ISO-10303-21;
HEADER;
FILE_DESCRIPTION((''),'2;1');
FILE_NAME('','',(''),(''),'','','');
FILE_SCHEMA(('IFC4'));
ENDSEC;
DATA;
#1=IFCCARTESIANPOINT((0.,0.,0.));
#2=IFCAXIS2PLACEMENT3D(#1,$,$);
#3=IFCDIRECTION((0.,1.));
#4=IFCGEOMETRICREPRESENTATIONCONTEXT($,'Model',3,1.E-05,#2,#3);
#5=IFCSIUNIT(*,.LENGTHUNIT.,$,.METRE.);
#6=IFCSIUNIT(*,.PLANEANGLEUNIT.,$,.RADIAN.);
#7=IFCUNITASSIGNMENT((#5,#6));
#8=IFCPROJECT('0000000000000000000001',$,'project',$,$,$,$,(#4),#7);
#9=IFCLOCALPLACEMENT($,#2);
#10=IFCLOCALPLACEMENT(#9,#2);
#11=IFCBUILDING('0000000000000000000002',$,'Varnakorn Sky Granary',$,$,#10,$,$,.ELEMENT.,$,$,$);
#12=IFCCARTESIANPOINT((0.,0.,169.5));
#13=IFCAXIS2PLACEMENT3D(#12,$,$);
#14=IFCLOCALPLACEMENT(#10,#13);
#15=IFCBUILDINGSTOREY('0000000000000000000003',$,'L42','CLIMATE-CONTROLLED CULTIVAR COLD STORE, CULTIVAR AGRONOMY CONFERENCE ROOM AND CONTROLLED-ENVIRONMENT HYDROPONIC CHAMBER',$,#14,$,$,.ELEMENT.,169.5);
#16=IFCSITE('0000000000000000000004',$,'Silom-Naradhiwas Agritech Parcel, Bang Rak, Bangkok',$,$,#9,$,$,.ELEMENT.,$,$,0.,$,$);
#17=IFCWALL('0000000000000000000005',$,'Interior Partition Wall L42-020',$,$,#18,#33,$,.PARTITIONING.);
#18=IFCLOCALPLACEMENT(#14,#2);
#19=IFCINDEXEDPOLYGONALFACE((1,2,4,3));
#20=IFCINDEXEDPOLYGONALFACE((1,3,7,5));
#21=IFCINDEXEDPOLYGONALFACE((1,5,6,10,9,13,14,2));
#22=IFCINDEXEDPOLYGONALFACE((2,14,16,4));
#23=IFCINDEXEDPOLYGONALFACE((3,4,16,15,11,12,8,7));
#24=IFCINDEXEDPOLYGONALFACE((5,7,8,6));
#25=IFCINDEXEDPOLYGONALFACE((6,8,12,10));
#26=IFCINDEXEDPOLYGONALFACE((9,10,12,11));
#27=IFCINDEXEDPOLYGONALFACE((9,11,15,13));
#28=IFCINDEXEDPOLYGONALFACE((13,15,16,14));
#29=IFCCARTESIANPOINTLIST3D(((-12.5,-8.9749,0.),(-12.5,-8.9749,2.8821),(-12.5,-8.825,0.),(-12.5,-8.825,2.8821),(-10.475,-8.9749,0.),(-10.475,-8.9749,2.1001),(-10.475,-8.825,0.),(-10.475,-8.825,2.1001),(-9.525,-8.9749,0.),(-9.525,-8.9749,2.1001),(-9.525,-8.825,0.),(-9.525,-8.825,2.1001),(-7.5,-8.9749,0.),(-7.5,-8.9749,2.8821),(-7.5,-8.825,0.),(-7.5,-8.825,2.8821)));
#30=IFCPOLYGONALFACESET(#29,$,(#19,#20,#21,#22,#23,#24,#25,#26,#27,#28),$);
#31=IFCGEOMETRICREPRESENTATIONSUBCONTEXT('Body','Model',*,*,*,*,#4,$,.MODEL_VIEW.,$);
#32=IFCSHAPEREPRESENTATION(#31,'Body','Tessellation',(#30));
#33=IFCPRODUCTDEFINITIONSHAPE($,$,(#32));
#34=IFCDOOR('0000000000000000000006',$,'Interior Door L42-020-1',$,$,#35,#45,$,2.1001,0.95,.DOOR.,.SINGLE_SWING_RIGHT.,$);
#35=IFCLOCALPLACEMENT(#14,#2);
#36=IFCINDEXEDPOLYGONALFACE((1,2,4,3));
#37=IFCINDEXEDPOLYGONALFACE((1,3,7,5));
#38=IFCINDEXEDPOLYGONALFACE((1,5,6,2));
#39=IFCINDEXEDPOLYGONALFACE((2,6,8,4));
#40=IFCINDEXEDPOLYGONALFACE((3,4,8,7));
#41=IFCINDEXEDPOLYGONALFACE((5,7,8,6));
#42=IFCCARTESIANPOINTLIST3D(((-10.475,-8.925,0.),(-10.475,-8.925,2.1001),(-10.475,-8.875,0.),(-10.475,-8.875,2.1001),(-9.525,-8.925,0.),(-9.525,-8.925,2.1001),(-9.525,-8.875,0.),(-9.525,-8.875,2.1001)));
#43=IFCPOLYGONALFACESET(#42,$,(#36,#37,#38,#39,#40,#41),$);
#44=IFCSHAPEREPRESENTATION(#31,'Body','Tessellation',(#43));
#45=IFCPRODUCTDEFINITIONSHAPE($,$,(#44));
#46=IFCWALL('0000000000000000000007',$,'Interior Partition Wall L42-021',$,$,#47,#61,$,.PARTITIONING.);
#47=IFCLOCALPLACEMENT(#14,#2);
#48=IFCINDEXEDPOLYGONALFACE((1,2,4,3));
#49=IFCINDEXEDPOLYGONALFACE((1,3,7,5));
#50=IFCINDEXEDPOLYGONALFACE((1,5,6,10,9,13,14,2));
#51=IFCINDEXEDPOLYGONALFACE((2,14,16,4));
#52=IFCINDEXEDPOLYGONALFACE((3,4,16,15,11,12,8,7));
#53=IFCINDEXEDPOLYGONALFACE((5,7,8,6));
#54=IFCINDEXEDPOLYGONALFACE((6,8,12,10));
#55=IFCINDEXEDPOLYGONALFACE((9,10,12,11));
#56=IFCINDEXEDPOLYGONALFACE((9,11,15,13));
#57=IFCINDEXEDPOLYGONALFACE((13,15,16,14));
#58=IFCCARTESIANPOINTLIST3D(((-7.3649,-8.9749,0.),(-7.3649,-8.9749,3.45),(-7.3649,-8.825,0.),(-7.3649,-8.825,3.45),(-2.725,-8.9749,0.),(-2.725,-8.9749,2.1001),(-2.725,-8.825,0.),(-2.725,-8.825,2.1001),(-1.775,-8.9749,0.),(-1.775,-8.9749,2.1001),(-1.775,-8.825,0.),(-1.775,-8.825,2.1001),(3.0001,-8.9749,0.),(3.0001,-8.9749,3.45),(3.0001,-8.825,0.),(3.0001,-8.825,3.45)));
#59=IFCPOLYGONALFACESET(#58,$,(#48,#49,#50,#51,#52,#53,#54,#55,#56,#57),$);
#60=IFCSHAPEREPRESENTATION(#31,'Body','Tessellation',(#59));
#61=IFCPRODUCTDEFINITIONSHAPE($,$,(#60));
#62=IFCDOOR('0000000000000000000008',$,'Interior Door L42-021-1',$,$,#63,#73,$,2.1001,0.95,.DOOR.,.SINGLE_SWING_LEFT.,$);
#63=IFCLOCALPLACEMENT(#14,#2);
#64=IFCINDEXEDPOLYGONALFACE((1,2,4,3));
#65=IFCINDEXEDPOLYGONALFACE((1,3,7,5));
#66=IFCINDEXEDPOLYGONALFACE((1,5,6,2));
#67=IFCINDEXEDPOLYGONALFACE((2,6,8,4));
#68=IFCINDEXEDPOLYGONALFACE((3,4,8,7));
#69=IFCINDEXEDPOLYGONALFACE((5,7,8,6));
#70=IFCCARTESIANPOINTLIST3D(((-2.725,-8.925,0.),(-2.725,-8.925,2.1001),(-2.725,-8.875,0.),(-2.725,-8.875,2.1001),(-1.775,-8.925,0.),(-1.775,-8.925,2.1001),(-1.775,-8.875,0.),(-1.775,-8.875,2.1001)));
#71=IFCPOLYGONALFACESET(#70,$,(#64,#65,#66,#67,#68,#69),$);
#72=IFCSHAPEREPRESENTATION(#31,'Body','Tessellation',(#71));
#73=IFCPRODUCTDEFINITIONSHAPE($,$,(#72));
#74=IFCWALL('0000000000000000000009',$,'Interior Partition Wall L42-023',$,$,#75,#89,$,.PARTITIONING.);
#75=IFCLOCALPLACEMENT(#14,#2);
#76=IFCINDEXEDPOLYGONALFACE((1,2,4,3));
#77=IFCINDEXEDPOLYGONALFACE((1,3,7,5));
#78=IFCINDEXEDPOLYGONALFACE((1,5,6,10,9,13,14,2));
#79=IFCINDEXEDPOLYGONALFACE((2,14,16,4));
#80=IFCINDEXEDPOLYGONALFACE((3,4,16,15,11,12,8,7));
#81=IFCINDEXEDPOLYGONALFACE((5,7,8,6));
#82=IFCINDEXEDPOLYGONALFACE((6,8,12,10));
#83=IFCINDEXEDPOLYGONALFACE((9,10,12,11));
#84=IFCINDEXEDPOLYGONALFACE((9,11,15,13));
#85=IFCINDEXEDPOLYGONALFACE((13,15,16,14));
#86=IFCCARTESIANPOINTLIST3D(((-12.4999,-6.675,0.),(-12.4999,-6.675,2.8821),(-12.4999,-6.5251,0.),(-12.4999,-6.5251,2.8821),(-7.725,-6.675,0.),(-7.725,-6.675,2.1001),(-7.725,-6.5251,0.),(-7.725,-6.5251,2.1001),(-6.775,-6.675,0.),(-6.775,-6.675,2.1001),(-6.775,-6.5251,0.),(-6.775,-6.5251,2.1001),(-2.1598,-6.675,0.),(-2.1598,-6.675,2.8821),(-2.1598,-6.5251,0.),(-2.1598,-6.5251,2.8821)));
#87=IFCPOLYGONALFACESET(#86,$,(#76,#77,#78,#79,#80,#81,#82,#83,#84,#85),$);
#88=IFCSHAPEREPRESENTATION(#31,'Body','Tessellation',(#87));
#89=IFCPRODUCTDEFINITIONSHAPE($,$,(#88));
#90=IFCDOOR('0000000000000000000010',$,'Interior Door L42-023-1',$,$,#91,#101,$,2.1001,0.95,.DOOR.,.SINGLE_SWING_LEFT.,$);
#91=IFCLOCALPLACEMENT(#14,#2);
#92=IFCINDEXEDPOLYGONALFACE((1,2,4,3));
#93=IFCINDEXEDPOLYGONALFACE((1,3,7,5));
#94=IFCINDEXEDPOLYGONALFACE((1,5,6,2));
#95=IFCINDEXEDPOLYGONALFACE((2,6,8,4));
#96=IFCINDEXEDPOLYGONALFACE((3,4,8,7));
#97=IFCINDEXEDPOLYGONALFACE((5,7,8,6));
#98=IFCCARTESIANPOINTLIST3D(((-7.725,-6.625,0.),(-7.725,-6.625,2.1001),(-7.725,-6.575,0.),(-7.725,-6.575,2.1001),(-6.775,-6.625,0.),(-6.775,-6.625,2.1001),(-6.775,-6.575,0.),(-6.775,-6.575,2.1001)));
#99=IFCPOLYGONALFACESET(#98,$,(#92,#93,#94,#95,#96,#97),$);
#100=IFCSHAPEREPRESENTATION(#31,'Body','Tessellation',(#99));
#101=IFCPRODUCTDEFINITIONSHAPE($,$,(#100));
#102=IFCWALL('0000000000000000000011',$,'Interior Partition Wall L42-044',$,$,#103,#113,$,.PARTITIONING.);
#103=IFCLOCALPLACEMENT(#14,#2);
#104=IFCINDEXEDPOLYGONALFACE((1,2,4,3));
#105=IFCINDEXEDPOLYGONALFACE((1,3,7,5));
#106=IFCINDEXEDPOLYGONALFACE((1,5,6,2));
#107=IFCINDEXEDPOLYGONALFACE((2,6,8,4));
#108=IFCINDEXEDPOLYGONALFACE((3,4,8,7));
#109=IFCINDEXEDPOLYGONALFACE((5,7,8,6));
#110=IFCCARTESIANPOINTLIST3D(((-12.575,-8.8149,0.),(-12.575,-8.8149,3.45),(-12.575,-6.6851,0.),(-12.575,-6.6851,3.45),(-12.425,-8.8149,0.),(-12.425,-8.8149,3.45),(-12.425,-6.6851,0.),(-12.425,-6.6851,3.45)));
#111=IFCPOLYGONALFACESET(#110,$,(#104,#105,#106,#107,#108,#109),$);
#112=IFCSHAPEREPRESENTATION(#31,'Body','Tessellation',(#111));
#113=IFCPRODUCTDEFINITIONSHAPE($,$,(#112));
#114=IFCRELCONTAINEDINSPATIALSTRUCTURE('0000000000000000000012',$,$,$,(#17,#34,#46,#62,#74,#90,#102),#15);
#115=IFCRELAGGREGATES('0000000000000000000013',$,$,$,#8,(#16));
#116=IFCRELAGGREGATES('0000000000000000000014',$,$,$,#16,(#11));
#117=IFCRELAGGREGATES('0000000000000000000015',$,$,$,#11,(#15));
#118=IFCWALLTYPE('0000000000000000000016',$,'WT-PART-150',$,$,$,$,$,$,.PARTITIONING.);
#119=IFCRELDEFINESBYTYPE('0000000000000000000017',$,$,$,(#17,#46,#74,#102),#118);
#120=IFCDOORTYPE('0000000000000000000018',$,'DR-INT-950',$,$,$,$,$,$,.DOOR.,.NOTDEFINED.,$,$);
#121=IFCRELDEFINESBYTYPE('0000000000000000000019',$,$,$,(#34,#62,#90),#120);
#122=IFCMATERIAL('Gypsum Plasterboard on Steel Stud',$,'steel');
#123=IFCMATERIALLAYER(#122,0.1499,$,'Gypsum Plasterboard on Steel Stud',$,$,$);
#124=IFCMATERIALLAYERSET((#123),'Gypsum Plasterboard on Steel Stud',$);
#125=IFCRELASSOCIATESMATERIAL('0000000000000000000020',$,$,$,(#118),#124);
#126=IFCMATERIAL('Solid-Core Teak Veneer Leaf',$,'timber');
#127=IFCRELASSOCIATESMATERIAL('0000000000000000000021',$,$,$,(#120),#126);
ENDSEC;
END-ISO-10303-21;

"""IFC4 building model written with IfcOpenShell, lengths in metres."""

from ifc_helpers import new_model, si_unit, direction, frame, frame_2d, origin, place, context, subcontext, project, spatial, rectangle, extrude, material, layer, layer_set, type_object, element, fill, save


model = new_model("IFC4")

# Units and contexts
model_context = context("Model", 3, precision=1e-05, world=origin(), true_north=direction((0.0, 1.0)))
body_context = subcontext(model_context, "Body", "Model", "MODEL_VIEW")
ifc_project = project(units=[si_unit("LENGTHUNIT", "METRE"), si_unit("PLANEANGLEUNIT", "RADIAN")], contexts=[model_context])

# Site, building, storey
site_placement = place(None, origin())
site = spatial("IfcSite", under=ifc_project, at=site_placement, Name="Silom-Naradhiwas Agritech Parcel, Bang Rak, Bangkok", CompositionType="ELEMENT", RefElevation=0.0)
building_placement = place(site_placement, origin())
building = spatial("IfcBuilding", under=site, at=building_placement, Name="Varnakorn Sky Granary", CompositionType="ELEMENT")
storey_placement = place(building_placement, frame((0.0, 0.0, 169.5)))
storey = spatial("IfcBuildingStorey", under=building, at=storey_placement, Name="L42", Description="CLIMATE-CONTROLLED CULTIVAR COLD STORE, CULTIVAR AGRONOMY CONFERENCE ROOM AND CONTROLLED-ENVIRONMENT HYDROPONIC CHAMBER", CompositionType="ELEMENT", Elevation=169.5)

# Walls, openings, doors
ifc_material_1 = material(Name="Gypsum Plasterboard on Steel Stud", Category="steel")
ifc_layer_1 = layer(ifc_material_1, 0.1499, Name="Gypsum Plasterboard on Steel Stud")
ifc_layer_set_1 = layer_set([ifc_layer_1], Name="Gypsum Plasterboard on Steel Stud")
wall_type_1 = type_object("IfcWallType", Name="WT-PART-150", PredefinedType="PARTITIONING", material=ifc_layer_set_1)
wall_1_placement = place(storey_placement, frame((-12.5, -8.8999, 0.0), z_axis=(0.0, 0.0, 1.0), x_axis=(1.0, 0.0, 0.0)))
wall_1 = element("IfcWall", 1, at=wall_1_placement, inside=storey, type_object=wall_type_1, Name="Interior Partition Wall L42-020", PredefinedType="PARTITIONING", context=body_context, shape_type="SweptSolid", body=[
    extrude(rectangle(XDim=5.0, YDim=0.1499, at=frame_2d((2.5, 0.0))), origin(), (0.0, 0.0, 1.0), 2.8821),
])
opening_1_placement = place(wall_1_placement, frame((2.0249, 0.0, 0.0)))
opening_1 = element("IfcOpeningElement", 2, at=opening_1_placement, cuts=wall_1, PredefinedType="OPENING", context=body_context, shape_type="SweptSolid", body=[
    extrude(rectangle(XDim=0.95, YDim=2.1001, at=frame_2d((0.4751, 1.05))), frame((0.0, 0.085, 0.0), z_axis=(0.0, -1.0, 0.0), x_axis=(1.0, 0.0, 0.0)), (0.0, 0.0, 1.0), 0.1699),
])
ifc_material_2 = material(Name="Solid-Core Teak Veneer Leaf", Category="timber")
door_type_1 = type_object("IfcDoorType", Name="DR-INT-950", OperationType="NOTDEFINED", PredefinedType="DOOR", material=ifc_material_2)
door_1_placement = place(opening_1_placement, origin())
door_1 = element("IfcDoor", 3, at=door_1_placement, inside=storey, type_object=door_type_1, Name="Interior Door L42-020-1", OperationType="SINGLE_SWING_RIGHT", OverallHeight=2.1001, OverallWidth=0.95, PredefinedType="DOOR", context=body_context, shape_type="SweptSolid", body=[
    extrude(rectangle(XDim=0.95, YDim=2.1001, at=frame_2d((0.4751, 1.05))), frame((0.0, 0.0249, 0.0), z_axis=(0.0, -1.0, 0.0), x_axis=(1.0, 0.0, 0.0)), (0.0, 0.0, 1.0), 0.05),
])
fill(opening_1, door_1)
wall_2_placement = place(storey_placement, frame((-7.365, -8.8999, 0.0), z_axis=(0.0, 0.0, 1.0), x_axis=(1.0, 0.0, 0.0)))
wall_2 = element("IfcWall", 4, at=wall_2_placement, inside=storey, type_object=wall_type_1, Name="Interior Partition Wall L42-021", PredefinedType="PARTITIONING", context=body_context, shape_type="SweptSolid", body=[
    extrude(rectangle(XDim=10.365, YDim=0.1499, at=frame_2d((5.1826, 0.0))), origin(), (0.0, 0.0, 1.0), 3.45),
])
opening_2_placement = place(wall_2_placement, frame((4.6399, 0.0, 0.0)))
opening_2 = element("IfcOpeningElement", 5, at=opening_2_placement, cuts=wall_2, PredefinedType="OPENING", context=body_context, shape_type="SweptSolid", body=[
    extrude(rectangle(XDim=0.95, YDim=2.1001, at=frame_2d((0.4751, 1.05))), frame((0.0, 0.085, 0.0), z_axis=(0.0, -1.0, 0.0), x_axis=(1.0, 0.0, 0.0)), (0.0, 0.0, 1.0), 0.1699),
])
door_2_placement = place(opening_2_placement, origin())
door_2 = element("IfcDoor", 6, at=door_2_placement, inside=storey, type_object=door_type_1, Name="Interior Door L42-021-1", OperationType="SINGLE_SWING_LEFT", OverallHeight=2.1001, OverallWidth=0.95, PredefinedType="DOOR", context=body_context, shape_type="SweptSolid", body=[
    extrude(rectangle(XDim=0.95, YDim=2.1001, at=frame_2d((0.4751, 1.05))), frame((0.0, 0.0249, 0.0), z_axis=(0.0, -1.0, 0.0), x_axis=(1.0, 0.0, 0.0)), (0.0, 0.0, 1.0), 0.05),
])
fill(opening_2, door_2)
wall_3_placement = place(storey_placement, frame((-2.1599, -6.6001, 0.0), z_axis=(0.0, 0.0, 1.0), x_axis=(-1.0, 0.0, 0.0)))
wall_3 = element("IfcWall", 7, at=wall_3_placement, inside=storey, type_object=wall_type_1, Name="Interior Partition Wall L42-023", PredefinedType="PARTITIONING", context=body_context, shape_type="SweptSolid", body=[
    extrude(rectangle(XDim=10.3401, YDim=0.1499, at=frame_2d((5.1699, 0.0))), origin(), (0.0, 0.0, 1.0), 2.8821),
])
opening_3_placement = place(wall_3_placement, frame((4.615, 0.0, 0.0)))
opening_3 = element("IfcOpeningElement", 8, at=opening_3_placement, cuts=wall_3, PredefinedType="OPENING", context=body_context, shape_type="SweptSolid", body=[
    extrude(rectangle(XDim=0.95, YDim=2.1001, at=frame_2d((0.4751, 1.05))), frame((0.0, 0.085, 0.0), z_axis=(0.0, -1.0, 0.0), x_axis=(1.0, 0.0, 0.0)), (0.0, 0.0, 1.0), 0.1699),
])
door_3_placement = place(opening_3_placement, origin())
door_3 = element("IfcDoor", 9, at=door_3_placement, inside=storey, type_object=door_type_1, Name="Interior Door L42-023-1", OperationType="SINGLE_SWING_LEFT", OverallHeight=2.1001, OverallWidth=0.95, PredefinedType="DOOR", context=body_context, shape_type="SweptSolid", body=[
    extrude(rectangle(XDim=0.95, YDim=2.1001, at=frame_2d((0.4751, 1.05))), frame((0.0, 0.0249, 0.0), z_axis=(0.0, -1.0, 0.0), x_axis=(1.0, 0.0, 0.0)), (0.0, 0.0, 1.0), 0.05),
])
fill(opening_3, door_3)

# Wall
wall_4_placement = place(storey_placement, frame((-12.5, -6.6851, 0.0), z_axis=(0.0, 0.0, 1.0), x_axis=(0.0, -1.0, 0.0)))
element("IfcWall", 10, at=wall_4_placement, inside=storey, type_object=wall_type_1, Name="Interior Partition Wall L42-044", PredefinedType="PARTITIONING", context=body_context, shape_type="SweptSolid", body=[
    extrude(rectangle(XDim=2.1299, YDim=0.1499, at=frame_2d((1.0649, 0.0))), origin(), (0.0, 0.0, 1.0), 3.45),
])

save(model, "model.ifc")
